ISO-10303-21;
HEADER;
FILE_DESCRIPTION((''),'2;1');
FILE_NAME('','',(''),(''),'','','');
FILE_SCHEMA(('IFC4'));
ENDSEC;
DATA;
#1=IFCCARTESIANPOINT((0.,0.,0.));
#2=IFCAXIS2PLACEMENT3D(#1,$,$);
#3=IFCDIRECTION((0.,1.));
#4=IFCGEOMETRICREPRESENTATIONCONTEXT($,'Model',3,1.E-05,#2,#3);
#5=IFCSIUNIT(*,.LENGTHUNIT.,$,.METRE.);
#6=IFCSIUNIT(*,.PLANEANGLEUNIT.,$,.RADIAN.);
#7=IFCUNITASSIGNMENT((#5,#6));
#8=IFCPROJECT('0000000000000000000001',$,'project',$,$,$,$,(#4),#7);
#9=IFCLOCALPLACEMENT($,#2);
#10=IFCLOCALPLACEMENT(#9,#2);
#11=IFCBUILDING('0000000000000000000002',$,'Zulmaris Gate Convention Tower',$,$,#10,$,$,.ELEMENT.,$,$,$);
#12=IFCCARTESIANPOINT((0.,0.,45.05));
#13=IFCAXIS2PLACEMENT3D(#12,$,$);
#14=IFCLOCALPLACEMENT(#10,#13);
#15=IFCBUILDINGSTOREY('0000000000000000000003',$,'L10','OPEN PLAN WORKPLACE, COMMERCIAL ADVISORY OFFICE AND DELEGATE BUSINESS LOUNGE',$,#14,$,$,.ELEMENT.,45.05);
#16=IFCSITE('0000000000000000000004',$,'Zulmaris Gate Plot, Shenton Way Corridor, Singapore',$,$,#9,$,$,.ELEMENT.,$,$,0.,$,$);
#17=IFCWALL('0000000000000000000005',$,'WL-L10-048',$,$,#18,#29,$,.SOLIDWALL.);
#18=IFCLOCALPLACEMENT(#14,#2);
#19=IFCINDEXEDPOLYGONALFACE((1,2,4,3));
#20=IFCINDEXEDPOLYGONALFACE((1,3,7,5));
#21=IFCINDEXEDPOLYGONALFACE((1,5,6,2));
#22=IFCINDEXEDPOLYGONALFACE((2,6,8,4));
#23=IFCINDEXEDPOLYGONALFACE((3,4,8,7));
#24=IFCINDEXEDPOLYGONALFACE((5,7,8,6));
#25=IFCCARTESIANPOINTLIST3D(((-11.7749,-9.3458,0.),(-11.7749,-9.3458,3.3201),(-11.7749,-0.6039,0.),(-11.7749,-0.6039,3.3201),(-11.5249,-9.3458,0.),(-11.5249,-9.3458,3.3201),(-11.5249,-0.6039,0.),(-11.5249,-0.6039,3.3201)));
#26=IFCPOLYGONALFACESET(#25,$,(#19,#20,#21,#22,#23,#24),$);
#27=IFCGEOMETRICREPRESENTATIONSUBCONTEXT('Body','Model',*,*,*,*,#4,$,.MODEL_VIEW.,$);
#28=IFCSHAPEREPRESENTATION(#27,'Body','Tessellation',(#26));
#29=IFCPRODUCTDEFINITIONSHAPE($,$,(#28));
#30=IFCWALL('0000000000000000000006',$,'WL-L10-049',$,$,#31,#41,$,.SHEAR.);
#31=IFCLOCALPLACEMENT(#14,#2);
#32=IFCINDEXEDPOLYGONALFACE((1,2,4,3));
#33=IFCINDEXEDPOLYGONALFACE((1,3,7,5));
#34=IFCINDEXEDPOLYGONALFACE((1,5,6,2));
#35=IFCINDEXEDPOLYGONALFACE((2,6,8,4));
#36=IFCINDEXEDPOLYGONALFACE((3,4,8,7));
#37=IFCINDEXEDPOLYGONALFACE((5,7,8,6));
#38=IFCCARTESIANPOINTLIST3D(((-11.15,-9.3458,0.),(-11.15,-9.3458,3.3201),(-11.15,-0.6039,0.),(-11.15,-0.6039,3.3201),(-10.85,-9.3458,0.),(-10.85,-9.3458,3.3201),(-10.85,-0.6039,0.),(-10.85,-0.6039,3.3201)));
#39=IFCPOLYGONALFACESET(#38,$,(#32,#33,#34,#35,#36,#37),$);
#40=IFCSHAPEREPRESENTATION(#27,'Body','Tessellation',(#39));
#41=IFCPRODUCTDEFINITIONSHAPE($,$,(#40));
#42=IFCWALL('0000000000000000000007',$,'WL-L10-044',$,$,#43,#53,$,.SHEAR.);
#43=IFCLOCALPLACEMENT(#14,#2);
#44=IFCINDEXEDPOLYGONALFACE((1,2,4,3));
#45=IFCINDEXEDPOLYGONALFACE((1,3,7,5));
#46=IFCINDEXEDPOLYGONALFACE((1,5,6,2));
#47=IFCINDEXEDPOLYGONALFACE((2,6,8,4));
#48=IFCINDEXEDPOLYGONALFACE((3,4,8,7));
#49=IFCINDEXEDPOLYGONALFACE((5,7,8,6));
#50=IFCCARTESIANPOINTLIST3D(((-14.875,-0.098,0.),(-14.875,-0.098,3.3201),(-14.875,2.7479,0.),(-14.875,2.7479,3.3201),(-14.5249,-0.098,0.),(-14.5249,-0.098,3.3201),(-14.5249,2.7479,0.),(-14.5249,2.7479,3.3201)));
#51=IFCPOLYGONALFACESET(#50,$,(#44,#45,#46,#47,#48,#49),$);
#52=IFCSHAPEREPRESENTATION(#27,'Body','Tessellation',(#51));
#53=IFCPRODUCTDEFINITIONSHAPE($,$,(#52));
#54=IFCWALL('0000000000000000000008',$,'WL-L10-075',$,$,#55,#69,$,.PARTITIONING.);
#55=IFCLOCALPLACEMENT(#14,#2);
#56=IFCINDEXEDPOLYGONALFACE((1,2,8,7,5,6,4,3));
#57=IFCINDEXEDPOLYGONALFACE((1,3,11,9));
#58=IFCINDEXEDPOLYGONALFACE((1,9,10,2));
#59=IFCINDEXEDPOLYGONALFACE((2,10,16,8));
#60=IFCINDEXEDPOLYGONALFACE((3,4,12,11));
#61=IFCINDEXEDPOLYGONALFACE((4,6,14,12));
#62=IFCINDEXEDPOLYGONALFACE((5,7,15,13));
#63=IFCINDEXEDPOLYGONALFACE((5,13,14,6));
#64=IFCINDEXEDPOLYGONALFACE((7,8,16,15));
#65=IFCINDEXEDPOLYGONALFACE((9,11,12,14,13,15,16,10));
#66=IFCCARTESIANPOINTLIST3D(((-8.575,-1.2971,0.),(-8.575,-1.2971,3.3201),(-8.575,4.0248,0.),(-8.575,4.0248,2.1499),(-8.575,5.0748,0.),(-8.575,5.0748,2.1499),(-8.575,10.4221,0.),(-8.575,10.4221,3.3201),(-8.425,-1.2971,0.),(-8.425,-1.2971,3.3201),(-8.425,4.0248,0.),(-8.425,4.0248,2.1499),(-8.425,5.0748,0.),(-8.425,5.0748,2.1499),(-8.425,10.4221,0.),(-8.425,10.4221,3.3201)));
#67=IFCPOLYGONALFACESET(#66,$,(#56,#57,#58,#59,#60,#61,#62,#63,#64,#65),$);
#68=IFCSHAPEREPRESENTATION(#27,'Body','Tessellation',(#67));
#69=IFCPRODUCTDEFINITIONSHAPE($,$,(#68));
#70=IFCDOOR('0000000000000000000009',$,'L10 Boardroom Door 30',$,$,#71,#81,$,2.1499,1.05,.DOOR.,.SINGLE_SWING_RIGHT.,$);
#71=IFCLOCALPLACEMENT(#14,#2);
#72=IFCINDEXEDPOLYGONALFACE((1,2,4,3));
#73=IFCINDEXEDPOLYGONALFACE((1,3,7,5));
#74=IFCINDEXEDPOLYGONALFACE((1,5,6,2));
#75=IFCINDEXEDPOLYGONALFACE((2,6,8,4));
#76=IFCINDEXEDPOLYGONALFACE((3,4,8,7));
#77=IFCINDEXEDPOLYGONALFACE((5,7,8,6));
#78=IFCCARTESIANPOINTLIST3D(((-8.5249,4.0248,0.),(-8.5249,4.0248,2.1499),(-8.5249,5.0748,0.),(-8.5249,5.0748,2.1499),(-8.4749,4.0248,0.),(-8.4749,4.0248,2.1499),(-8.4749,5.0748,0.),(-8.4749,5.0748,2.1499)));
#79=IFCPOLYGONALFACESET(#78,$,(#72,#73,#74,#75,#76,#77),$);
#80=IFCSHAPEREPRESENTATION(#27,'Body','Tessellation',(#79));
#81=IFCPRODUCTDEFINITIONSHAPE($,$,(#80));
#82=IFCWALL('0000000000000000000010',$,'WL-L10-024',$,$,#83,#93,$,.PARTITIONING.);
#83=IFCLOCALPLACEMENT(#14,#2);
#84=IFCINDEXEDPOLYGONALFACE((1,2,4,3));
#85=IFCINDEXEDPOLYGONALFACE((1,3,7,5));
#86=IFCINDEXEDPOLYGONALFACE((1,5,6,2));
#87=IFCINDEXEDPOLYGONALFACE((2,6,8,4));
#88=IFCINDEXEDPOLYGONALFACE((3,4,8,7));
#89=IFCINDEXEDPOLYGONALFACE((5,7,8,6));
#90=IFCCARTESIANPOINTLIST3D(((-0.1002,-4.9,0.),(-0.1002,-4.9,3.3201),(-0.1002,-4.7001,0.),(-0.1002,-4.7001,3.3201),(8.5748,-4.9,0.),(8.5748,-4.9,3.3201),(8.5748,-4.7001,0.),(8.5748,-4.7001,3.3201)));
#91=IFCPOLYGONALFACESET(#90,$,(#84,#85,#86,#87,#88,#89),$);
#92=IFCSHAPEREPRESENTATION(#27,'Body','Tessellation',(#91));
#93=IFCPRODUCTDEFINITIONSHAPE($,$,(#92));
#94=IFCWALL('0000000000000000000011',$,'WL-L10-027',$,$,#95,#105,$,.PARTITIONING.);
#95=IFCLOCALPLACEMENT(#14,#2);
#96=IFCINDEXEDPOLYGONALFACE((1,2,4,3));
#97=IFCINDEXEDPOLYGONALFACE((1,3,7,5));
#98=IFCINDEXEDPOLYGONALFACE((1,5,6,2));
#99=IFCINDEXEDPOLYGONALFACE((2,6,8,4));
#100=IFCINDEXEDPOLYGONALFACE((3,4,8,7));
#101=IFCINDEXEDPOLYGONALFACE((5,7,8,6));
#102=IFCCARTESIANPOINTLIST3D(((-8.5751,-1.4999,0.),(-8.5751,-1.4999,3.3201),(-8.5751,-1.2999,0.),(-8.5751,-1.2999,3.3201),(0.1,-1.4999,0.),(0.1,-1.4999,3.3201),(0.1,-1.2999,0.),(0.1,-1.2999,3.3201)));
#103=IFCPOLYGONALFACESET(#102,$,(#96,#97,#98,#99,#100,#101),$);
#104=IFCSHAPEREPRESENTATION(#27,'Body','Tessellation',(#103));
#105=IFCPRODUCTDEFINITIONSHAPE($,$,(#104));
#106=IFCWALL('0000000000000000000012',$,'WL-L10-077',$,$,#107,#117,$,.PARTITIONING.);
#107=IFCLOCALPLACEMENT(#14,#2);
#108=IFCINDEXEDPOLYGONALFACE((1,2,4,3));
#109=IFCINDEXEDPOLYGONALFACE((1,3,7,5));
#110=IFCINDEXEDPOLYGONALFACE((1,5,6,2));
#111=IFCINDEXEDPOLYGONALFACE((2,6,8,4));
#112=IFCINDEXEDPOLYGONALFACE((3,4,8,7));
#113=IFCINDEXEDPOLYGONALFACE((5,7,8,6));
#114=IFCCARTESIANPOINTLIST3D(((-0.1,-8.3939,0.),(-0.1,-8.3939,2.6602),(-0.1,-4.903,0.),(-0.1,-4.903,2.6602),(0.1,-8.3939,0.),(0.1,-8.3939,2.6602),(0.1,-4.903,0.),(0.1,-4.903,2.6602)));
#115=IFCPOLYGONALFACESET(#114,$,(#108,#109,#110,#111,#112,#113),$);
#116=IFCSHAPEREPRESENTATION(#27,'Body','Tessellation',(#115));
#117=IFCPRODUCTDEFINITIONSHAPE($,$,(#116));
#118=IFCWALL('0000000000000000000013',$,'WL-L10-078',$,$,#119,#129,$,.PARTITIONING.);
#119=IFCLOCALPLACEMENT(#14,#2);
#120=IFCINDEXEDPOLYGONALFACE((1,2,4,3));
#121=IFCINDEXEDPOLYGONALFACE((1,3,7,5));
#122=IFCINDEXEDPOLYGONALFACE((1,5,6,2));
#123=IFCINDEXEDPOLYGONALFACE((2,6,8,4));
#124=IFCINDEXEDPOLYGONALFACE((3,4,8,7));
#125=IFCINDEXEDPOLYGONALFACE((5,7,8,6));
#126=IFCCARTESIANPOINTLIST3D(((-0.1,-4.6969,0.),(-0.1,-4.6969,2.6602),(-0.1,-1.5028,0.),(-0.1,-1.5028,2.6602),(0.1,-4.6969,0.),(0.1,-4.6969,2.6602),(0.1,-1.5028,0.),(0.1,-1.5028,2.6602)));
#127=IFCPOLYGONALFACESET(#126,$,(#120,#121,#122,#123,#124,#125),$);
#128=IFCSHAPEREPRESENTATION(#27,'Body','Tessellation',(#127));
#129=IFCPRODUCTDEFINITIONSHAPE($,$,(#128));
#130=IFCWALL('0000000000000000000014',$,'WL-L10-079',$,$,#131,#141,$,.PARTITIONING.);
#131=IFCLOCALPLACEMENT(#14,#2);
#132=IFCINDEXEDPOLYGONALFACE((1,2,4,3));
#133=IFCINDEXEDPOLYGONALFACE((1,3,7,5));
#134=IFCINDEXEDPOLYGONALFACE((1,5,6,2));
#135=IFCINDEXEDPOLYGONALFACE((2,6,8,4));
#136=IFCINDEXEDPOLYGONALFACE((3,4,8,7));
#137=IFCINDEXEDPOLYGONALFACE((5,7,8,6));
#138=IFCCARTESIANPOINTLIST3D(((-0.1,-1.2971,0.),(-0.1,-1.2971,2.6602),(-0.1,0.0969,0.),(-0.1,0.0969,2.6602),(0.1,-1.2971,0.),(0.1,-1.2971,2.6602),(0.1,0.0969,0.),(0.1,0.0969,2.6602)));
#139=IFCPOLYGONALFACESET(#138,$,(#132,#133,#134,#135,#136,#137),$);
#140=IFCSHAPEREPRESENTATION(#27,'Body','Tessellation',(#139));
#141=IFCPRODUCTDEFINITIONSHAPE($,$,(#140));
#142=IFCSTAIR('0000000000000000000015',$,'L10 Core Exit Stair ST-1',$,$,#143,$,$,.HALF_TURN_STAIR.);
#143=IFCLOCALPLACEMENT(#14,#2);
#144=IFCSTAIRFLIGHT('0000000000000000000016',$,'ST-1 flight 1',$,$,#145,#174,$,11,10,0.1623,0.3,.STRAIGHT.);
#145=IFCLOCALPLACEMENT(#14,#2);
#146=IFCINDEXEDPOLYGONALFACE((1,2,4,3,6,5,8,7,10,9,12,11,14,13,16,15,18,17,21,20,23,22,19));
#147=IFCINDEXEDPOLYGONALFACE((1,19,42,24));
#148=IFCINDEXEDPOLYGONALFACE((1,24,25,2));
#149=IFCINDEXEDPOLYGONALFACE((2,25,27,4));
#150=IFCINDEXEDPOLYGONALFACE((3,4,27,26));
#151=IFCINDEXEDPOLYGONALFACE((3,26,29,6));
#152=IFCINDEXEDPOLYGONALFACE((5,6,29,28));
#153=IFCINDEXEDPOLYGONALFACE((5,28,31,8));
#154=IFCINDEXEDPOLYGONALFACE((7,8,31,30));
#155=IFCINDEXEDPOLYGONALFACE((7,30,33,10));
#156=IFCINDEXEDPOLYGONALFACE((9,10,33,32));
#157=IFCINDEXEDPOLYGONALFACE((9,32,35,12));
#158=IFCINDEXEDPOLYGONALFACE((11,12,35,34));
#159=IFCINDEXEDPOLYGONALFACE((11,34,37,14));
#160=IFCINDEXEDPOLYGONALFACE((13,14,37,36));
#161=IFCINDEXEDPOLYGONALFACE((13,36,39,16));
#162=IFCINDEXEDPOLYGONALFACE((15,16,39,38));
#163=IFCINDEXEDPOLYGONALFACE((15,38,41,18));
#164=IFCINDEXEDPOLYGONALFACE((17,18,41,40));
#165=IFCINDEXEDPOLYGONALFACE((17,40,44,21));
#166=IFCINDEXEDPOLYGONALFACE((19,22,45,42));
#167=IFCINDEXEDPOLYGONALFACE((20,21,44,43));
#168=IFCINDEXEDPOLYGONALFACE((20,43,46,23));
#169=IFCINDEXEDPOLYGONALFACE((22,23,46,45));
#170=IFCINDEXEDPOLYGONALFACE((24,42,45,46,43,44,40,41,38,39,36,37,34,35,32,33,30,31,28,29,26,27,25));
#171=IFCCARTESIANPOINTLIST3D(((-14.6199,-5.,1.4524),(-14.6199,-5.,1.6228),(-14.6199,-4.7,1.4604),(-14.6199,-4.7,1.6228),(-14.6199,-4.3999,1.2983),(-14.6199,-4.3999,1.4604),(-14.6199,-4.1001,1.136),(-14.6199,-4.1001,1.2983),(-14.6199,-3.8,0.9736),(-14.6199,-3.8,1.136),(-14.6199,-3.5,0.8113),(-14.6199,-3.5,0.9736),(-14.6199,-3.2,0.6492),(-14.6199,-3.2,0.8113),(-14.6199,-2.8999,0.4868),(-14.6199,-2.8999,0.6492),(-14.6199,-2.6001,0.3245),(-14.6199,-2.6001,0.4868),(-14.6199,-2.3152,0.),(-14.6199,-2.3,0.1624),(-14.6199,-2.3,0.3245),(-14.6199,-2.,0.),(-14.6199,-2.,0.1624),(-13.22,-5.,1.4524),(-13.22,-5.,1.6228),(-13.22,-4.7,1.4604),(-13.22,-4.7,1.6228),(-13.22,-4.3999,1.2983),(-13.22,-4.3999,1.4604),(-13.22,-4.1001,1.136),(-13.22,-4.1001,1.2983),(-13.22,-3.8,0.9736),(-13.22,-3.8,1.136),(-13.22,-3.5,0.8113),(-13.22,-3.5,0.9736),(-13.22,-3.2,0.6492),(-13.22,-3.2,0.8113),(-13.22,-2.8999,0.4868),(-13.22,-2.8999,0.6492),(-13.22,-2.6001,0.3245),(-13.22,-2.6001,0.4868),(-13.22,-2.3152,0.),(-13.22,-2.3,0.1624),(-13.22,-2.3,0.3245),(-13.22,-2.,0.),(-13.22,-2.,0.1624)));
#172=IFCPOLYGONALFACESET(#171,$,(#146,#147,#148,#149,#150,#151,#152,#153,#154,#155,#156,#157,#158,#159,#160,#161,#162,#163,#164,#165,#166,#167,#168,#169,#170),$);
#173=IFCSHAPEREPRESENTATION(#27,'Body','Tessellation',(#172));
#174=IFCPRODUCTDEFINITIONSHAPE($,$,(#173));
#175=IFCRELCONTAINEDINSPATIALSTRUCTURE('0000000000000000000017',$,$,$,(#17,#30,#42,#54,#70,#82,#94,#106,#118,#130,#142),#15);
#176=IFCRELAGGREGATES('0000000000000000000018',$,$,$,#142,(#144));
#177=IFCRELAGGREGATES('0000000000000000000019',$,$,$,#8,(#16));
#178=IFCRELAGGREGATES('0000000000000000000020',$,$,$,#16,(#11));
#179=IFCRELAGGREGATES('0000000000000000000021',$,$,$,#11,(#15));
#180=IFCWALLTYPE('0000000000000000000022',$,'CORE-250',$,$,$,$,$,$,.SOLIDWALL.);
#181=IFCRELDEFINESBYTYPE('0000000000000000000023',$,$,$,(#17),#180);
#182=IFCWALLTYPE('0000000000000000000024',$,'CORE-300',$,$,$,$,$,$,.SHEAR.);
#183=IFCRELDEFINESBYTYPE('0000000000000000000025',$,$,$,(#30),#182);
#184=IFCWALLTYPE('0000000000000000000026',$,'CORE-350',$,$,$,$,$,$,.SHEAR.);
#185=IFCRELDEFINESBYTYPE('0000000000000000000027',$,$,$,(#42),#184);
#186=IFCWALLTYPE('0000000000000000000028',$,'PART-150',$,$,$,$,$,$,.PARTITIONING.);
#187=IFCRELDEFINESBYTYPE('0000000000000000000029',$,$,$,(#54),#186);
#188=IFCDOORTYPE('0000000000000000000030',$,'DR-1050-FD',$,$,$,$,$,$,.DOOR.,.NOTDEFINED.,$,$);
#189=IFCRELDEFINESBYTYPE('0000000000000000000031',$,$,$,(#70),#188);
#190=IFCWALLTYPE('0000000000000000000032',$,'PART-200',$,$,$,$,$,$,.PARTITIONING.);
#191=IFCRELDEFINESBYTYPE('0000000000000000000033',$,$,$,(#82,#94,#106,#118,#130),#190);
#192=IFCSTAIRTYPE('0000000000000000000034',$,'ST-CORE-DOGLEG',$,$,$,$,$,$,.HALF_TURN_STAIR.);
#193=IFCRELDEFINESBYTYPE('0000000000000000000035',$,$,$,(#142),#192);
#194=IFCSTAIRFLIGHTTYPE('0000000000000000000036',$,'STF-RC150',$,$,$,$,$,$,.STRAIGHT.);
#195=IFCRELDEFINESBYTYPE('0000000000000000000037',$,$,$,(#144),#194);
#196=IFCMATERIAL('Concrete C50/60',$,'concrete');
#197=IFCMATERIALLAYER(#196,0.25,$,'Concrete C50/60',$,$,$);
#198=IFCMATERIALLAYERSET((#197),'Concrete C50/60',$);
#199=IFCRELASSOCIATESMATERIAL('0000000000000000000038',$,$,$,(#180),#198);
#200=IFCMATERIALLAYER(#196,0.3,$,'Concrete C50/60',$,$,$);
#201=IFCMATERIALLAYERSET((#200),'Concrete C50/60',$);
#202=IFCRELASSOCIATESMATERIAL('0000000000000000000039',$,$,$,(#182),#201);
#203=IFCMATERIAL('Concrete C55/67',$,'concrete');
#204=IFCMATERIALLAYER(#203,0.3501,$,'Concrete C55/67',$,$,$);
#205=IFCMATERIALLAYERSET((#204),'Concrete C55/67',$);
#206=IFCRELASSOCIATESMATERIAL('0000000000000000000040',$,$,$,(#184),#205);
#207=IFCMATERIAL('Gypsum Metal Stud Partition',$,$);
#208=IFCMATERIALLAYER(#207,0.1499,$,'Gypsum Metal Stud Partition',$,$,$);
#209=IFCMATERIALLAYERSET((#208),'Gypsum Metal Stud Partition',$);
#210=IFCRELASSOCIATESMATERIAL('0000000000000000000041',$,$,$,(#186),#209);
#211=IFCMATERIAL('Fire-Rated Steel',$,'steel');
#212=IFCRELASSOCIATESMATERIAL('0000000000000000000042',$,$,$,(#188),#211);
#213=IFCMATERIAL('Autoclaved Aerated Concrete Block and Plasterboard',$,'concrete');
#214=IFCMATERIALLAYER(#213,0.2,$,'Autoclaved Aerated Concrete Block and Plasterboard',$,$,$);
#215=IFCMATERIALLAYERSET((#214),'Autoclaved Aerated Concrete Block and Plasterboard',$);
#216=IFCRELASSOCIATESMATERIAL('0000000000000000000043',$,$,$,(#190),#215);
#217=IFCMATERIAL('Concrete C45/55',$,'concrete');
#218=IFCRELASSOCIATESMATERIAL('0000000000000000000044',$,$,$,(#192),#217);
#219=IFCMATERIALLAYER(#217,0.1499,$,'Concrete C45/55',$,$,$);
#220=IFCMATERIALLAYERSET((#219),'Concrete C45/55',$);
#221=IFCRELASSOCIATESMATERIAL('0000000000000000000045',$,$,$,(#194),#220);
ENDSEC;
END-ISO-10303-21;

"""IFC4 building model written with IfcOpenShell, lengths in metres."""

from ifc_helpers import new_model, si_unit, direction, frame, frame_2d, origin, place, context, subcontext, project, spatial, polyline, rectangle, outline, extrude, material, layer, layer_set, type_object, element, fill, aggregate, save


model = new_model("IFC4")

# Units and contexts
model_context = context("Model", 3, precision=1e-05, world=origin(), true_north=direction((0.0, 1.0)))
body_context = subcontext(model_context, "Body", "Model", "MODEL_VIEW")
ifc_project = project(units=[si_unit("LENGTHUNIT", "METRE"), si_unit("PLANEANGLEUNIT", "RADIAN")], contexts=[model_context])

# Site, building, storey
site_placement = place(None, origin())
site = spatial("IfcSite", under=ifc_project, at=site_placement, Name="Zulmaris Gate Plot, Shenton Way Corridor, Singapore", CompositionType="ELEMENT", RefElevation=0.0)
building_placement = place(site_placement, origin())
building = spatial("IfcBuilding", under=site, at=building_placement, Name="Zulmaris Gate Convention Tower", CompositionType="ELEMENT")
storey_placement = place(building_placement, frame((0.0, 0.0, 45.05)))
storey = spatial("IfcBuildingStorey", under=building, at=storey_placement, Name="L10", Description="OPEN PLAN WORKPLACE, COMMERCIAL ADVISORY OFFICE AND DELEGATE BUSINESS LOUNGE", CompositionType="ELEMENT", Elevation=45.05)

# Shared definitions
ifc_material_1 = material(Name="Concrete C50/60", Category="concrete")
ifc_layer_1 = layer(ifc_material_1, 0.25, Name="Concrete C50/60")
ifc_layer_set_1 = layer_set([ifc_layer_1], Name="Concrete C50/60")
wall_type_1 = type_object("IfcWallType", Name="CORE-250", PredefinedType="SOLIDWALL", material=ifc_layer_set_1)

# Walls
wall_1_placement = place(storey_placement, frame((-11.6499, -9.3459, 0.0), z_axis=(0.0, 0.0, 1.0), x_axis=(0.0, 1.0, 0.0)))
element("IfcWall", 1, at=wall_1_placement, inside=storey, type_object=wall_type_1, Name="WL-L10-048", PredefinedType="SOLIDWALL", context=body_context, shape_type="SweptSolid", body=[
    extrude(rectangle(XDim=8.7419, YDim=0.25, at=frame_2d((4.3711, 0.0))), origin(), (0.0, 0.0, 1.0), 3.3201),
])
ifc_layer_2 = layer(ifc_material_1, 0.3, Name="Concrete C50/60")
ifc_layer_set_2 = layer_set([ifc_layer_2], Name="Concrete C50/60")
wall_type_2 = type_object("IfcWallType", Name="CORE-300", PredefinedType="SHEAR", material=ifc_layer_set_2)
wall_2_placement = place(storey_placement, frame((-11.0, -9.3459, 0.0), z_axis=(0.0, 0.0, 1.0), x_axis=(0.0, 1.0, 0.0)))
element("IfcWall", 2, at=wall_2_placement, inside=storey, type_object=wall_type_2, Name="WL-L10-049", PredefinedType="SHEAR", context=body_context, shape_type="SweptSolid", body=[
    extrude(rectangle(XDim=8.7419, YDim=0.3, at=frame_2d((4.3711, 0.0))), origin(), (0.0, 0.0, 1.0), 3.3201),
])
ifc_material_2 = material(Name="Concrete C55/67", Category="concrete")
ifc_layer_3 = layer(ifc_material_2, 0.3501, Name="Concrete C55/67")
ifc_layer_set_3 = layer_set([ifc_layer_3], Name="Concrete C55/67")
wall_type_3 = type_object("IfcWallType", Name="CORE-350", PredefinedType="SHEAR", material=ifc_layer_set_3)
wall_3_placement = place(storey_placement, frame((-14.7, -0.0979, 0.0), z_axis=(0.0, 0.0, 1.0), x_axis=(0.0, 1.0, 0.0)))
element("IfcWall", 3, at=wall_3_placement, inside=storey, type_object=wall_type_3, Name="WL-L10-044", PredefinedType="SHEAR", context=body_context, shape_type="SweptSolid", body=[
    extrude(rectangle(XDim=2.8459, YDim=0.3501, at=frame_2d((1.4229, 0.0))), origin(), (0.0, 0.0, 1.0), 3.3201),
])

# Wall, opening, door
ifc_material_3 = material(Name="Gypsum Metal Stud Partition")
ifc_layer_4 = layer(ifc_material_3, 0.1499, Name="Gypsum Metal Stud Partition")
ifc_layer_set_4 = layer_set([ifc_layer_4], Name="Gypsum Metal Stud Partition")
wall_type_4 = type_object("IfcWallType", Name="PART-150", PredefinedType="PARTITIONING", material=ifc_layer_set_4)
wall_4_placement = place(storey_placement, frame((-8.5, -1.2971, 0.0), z_axis=(0.0, 0.0, 1.0), x_axis=(0.0, 1.0, 0.0)))
wall_4 = element("IfcWall", 4, at=wall_4_placement, inside=storey, type_object=wall_type_4, Name="WL-L10-075", PredefinedType="PARTITIONING", context=body_context, shape_type="SweptSolid", body=[
    extrude(rectangle(XDim=11.7192, YDim=0.1499, at=frame_2d((5.8596, 0.0))), origin(), (0.0, 0.0, 1.0), 3.3201),
])
opening_1_placement = place(wall_4_placement, frame((5.322, 0.0, 0.0)))
opening_1 = element("IfcOpeningElement", 5, at=opening_1_placement, cuts=wall_4, PredefinedType="OPENING", context=body_context, shape_type="SweptSolid", body=[
    extrude(rectangle(XDim=1.05, YDim=2.1499, at=frame_2d((0.5249, 1.075))), frame((0.0, 0.085, 0.0), z_axis=(0.0, -1.0, 0.0), x_axis=(1.0, 0.0, 0.0)), (0.0, 0.0, 1.0), 0.1699),
])
ifc_material_4 = material(Name="Fire-Rated Steel", Category="steel")
door_type_1 = type_object("IfcDoorType", Name="DR-1050-FD", OperationType="NOTDEFINED", PredefinedType="DOOR", material=ifc_material_4)
door_1_placement = place(opening_1_placement, origin())
door_1 = element("IfcDoor", 6, at=door_1_placement, inside=storey, type_object=door_type_1, Name="L10 Boardroom Door 30", OperationType="SINGLE_SWING_RIGHT", OverallHeight=2.1499, OverallWidth=1.05, PredefinedType="DOOR", context=body_context, shape_type="SweptSolid", body=[
    extrude(rectangle(XDim=1.05, YDim=2.1499, at=frame_2d((0.5249, 1.075))), frame((0.0, 0.0249, 0.0), z_axis=(0.0, -1.0, 0.0), x_axis=(1.0, 0.0, 0.0)), (0.0, 0.0, 1.0), 0.05),
])
fill(opening_1, door_1)

# Walls
ifc_material_5 = material(Name="Autoclaved Aerated Concrete Block and Plasterboard", Category="concrete")
ifc_layer_5 = layer(ifc_material_5, 0.2, Name="Autoclaved Aerated Concrete Block and Plasterboard")
ifc_layer_set_5 = layer_set([ifc_layer_5], Name="Autoclaved Aerated Concrete Block and Plasterboard")
wall_type_5 = type_object("IfcWallType", Name="PART-200", PredefinedType="PARTITIONING", material=ifc_layer_set_5)
for number, where, z_axis, x_axis, name in (
    (7, (-0.1001, -4.8, 0.0), (0.0, 0.0, 1.0), (1.0, 0.0, 0.0), "WL-L10-024"),
    (8, (-8.575, -1.3999, 0.0), (0.0, 0.0, 1.0), (1.0, 0.0, 0.0), "WL-L10-027"),
):
    element("IfcWall", number, at=place(storey_placement, frame(where, z_axis=z_axis, x_axis=x_axis)), inside=storey, type_object=wall_type_5, Name=name, PredefinedType="PARTITIONING", context=body_context, shape_type="SweptSolid", body=[
        extrude(rectangle(XDim=8.675, YDim=0.2, at=frame_2d((4.3374, 0.0))), origin(), (0.0, 0.0, 1.0), 3.3201),
    ])
wall_5_placement = place(storey_placement, frame((0.0, -8.394, 0.0), z_axis=(0.0, 0.0, 1.0), x_axis=(0.0, 1.0, 0.0)))
element("IfcWall", 9, at=wall_5_placement, inside=storey, type_object=wall_type_5, Name="WL-L10-077", PredefinedType="PARTITIONING", context=body_context, shape_type="SweptSolid", body=[
    extrude(rectangle(XDim=3.491, YDim=0.2, at=frame_2d((1.7456, 0.0))), origin(), (0.0, 0.0, 1.0), 2.6602),
])
wall_6_placement = place(storey_placement, frame((0.0, -4.697, 0.0), z_axis=(0.0, 0.0, 1.0), x_axis=(0.0, 1.0, 0.0)))
element("IfcWall", 10, at=wall_6_placement, inside=storey, type_object=wall_type_5, Name="WL-L10-078", PredefinedType="PARTITIONING", context=body_context, shape_type="SweptSolid", body=[
    extrude(rectangle(XDim=3.1941, YDim=0.2, at=frame_2d((1.5972, 0.0))), origin(), (0.0, 0.0, 1.0), 2.6602),
])
wall_7_placement = place(storey_placement, frame((0.0, -1.2971, 0.0), z_axis=(0.0, 0.0, 1.0), x_axis=(0.0, 1.0, 0.0)))
element("IfcWall", 11, at=wall_7_placement, inside=storey, type_object=wall_type_5, Name="WL-L10-079", PredefinedType="PARTITIONING", context=body_context, shape_type="SweptSolid", body=[
    extrude(rectangle(XDim=1.394, YDim=0.2, at=frame_2d((0.697, 0.0))), origin(), (0.0, 0.0, 1.0), 2.6602),
])

# Stair, stair flight
ifc_material_6 = material(Name="Concrete C45/55", Category="concrete")
stair_type = type_object("IfcStairType", Name="ST-CORE-DOGLEG", PredefinedType="HALF_TURN_STAIR", material=ifc_material_6)
stair_1_placement = place(storey_placement, origin())
stair_1 = element("IfcStair", 12, at=stair_1_placement, inside=storey, type_object=stair_type, Name="L10 Core Exit Stair ST-1", PredefinedType="HALF_TURN_STAIR")
ifc_layer_6 = layer(ifc_material_6, 0.1499, Name="Concrete C45/55")
ifc_layer_set_6 = layer_set([ifc_layer_6], Name="Concrete C45/55")
stair_flight_type = type_object("IfcStairFlightType", Name="STF-RC150", PredefinedType="STRAIGHT", material=ifc_layer_set_6)
stair_flight_1_placement = place(storey_placement, frame((-13.9199, -2.0, 0.0), z_axis=(0.0, 0.0, 1.0), x_axis=(0.0, -1.0, 0.0)))
stair_flight_1 = element("IfcStairFlight", 13, at=stair_flight_1_placement, type_object=stair_flight_type, Name="ST-1 flight 1", NumberOfRisers=11, NumberOfTreads=10, PredefinedType="STRAIGHT", RiserHeight=0.1623, TreadLength=0.3, context=body_context, shape_type="SweptSolid", body=[
    extrude(outline(polyline([(0.0, 0.0), (0.0, 0.1624), (0.3, 0.1624), (0.3, 0.3245), (0.6001, 0.3245), (0.6001, 0.4868), (0.8999, 0.4868), (0.8999, 0.6492), (1.2, 0.6492), (1.2, 0.8113), (1.5, 0.8113), (1.5, 0.9736), (1.8, 0.9736), (1.8, 1.136), (2.1001, 1.136), (2.1001, 1.2983), (2.3999, 1.2983), (2.3999, 1.4604), (2.7, 1.4604), (2.7, 1.6228), (3.0, 1.6228), (3.0, 1.7852), (3.0, 1.4524), (0.3152, 0.0), (0.0, 0.0)])), frame((0.0, 0.7, 0.0), z_axis=(0.0, -1.0, 0.0), x_axis=(1.0, 0.0, 0.0)), (0.0, 0.0, 1.0), 1.3999),
])
aggregate(stair_1, [stair_flight_1])

save(model, "model.ifc")
